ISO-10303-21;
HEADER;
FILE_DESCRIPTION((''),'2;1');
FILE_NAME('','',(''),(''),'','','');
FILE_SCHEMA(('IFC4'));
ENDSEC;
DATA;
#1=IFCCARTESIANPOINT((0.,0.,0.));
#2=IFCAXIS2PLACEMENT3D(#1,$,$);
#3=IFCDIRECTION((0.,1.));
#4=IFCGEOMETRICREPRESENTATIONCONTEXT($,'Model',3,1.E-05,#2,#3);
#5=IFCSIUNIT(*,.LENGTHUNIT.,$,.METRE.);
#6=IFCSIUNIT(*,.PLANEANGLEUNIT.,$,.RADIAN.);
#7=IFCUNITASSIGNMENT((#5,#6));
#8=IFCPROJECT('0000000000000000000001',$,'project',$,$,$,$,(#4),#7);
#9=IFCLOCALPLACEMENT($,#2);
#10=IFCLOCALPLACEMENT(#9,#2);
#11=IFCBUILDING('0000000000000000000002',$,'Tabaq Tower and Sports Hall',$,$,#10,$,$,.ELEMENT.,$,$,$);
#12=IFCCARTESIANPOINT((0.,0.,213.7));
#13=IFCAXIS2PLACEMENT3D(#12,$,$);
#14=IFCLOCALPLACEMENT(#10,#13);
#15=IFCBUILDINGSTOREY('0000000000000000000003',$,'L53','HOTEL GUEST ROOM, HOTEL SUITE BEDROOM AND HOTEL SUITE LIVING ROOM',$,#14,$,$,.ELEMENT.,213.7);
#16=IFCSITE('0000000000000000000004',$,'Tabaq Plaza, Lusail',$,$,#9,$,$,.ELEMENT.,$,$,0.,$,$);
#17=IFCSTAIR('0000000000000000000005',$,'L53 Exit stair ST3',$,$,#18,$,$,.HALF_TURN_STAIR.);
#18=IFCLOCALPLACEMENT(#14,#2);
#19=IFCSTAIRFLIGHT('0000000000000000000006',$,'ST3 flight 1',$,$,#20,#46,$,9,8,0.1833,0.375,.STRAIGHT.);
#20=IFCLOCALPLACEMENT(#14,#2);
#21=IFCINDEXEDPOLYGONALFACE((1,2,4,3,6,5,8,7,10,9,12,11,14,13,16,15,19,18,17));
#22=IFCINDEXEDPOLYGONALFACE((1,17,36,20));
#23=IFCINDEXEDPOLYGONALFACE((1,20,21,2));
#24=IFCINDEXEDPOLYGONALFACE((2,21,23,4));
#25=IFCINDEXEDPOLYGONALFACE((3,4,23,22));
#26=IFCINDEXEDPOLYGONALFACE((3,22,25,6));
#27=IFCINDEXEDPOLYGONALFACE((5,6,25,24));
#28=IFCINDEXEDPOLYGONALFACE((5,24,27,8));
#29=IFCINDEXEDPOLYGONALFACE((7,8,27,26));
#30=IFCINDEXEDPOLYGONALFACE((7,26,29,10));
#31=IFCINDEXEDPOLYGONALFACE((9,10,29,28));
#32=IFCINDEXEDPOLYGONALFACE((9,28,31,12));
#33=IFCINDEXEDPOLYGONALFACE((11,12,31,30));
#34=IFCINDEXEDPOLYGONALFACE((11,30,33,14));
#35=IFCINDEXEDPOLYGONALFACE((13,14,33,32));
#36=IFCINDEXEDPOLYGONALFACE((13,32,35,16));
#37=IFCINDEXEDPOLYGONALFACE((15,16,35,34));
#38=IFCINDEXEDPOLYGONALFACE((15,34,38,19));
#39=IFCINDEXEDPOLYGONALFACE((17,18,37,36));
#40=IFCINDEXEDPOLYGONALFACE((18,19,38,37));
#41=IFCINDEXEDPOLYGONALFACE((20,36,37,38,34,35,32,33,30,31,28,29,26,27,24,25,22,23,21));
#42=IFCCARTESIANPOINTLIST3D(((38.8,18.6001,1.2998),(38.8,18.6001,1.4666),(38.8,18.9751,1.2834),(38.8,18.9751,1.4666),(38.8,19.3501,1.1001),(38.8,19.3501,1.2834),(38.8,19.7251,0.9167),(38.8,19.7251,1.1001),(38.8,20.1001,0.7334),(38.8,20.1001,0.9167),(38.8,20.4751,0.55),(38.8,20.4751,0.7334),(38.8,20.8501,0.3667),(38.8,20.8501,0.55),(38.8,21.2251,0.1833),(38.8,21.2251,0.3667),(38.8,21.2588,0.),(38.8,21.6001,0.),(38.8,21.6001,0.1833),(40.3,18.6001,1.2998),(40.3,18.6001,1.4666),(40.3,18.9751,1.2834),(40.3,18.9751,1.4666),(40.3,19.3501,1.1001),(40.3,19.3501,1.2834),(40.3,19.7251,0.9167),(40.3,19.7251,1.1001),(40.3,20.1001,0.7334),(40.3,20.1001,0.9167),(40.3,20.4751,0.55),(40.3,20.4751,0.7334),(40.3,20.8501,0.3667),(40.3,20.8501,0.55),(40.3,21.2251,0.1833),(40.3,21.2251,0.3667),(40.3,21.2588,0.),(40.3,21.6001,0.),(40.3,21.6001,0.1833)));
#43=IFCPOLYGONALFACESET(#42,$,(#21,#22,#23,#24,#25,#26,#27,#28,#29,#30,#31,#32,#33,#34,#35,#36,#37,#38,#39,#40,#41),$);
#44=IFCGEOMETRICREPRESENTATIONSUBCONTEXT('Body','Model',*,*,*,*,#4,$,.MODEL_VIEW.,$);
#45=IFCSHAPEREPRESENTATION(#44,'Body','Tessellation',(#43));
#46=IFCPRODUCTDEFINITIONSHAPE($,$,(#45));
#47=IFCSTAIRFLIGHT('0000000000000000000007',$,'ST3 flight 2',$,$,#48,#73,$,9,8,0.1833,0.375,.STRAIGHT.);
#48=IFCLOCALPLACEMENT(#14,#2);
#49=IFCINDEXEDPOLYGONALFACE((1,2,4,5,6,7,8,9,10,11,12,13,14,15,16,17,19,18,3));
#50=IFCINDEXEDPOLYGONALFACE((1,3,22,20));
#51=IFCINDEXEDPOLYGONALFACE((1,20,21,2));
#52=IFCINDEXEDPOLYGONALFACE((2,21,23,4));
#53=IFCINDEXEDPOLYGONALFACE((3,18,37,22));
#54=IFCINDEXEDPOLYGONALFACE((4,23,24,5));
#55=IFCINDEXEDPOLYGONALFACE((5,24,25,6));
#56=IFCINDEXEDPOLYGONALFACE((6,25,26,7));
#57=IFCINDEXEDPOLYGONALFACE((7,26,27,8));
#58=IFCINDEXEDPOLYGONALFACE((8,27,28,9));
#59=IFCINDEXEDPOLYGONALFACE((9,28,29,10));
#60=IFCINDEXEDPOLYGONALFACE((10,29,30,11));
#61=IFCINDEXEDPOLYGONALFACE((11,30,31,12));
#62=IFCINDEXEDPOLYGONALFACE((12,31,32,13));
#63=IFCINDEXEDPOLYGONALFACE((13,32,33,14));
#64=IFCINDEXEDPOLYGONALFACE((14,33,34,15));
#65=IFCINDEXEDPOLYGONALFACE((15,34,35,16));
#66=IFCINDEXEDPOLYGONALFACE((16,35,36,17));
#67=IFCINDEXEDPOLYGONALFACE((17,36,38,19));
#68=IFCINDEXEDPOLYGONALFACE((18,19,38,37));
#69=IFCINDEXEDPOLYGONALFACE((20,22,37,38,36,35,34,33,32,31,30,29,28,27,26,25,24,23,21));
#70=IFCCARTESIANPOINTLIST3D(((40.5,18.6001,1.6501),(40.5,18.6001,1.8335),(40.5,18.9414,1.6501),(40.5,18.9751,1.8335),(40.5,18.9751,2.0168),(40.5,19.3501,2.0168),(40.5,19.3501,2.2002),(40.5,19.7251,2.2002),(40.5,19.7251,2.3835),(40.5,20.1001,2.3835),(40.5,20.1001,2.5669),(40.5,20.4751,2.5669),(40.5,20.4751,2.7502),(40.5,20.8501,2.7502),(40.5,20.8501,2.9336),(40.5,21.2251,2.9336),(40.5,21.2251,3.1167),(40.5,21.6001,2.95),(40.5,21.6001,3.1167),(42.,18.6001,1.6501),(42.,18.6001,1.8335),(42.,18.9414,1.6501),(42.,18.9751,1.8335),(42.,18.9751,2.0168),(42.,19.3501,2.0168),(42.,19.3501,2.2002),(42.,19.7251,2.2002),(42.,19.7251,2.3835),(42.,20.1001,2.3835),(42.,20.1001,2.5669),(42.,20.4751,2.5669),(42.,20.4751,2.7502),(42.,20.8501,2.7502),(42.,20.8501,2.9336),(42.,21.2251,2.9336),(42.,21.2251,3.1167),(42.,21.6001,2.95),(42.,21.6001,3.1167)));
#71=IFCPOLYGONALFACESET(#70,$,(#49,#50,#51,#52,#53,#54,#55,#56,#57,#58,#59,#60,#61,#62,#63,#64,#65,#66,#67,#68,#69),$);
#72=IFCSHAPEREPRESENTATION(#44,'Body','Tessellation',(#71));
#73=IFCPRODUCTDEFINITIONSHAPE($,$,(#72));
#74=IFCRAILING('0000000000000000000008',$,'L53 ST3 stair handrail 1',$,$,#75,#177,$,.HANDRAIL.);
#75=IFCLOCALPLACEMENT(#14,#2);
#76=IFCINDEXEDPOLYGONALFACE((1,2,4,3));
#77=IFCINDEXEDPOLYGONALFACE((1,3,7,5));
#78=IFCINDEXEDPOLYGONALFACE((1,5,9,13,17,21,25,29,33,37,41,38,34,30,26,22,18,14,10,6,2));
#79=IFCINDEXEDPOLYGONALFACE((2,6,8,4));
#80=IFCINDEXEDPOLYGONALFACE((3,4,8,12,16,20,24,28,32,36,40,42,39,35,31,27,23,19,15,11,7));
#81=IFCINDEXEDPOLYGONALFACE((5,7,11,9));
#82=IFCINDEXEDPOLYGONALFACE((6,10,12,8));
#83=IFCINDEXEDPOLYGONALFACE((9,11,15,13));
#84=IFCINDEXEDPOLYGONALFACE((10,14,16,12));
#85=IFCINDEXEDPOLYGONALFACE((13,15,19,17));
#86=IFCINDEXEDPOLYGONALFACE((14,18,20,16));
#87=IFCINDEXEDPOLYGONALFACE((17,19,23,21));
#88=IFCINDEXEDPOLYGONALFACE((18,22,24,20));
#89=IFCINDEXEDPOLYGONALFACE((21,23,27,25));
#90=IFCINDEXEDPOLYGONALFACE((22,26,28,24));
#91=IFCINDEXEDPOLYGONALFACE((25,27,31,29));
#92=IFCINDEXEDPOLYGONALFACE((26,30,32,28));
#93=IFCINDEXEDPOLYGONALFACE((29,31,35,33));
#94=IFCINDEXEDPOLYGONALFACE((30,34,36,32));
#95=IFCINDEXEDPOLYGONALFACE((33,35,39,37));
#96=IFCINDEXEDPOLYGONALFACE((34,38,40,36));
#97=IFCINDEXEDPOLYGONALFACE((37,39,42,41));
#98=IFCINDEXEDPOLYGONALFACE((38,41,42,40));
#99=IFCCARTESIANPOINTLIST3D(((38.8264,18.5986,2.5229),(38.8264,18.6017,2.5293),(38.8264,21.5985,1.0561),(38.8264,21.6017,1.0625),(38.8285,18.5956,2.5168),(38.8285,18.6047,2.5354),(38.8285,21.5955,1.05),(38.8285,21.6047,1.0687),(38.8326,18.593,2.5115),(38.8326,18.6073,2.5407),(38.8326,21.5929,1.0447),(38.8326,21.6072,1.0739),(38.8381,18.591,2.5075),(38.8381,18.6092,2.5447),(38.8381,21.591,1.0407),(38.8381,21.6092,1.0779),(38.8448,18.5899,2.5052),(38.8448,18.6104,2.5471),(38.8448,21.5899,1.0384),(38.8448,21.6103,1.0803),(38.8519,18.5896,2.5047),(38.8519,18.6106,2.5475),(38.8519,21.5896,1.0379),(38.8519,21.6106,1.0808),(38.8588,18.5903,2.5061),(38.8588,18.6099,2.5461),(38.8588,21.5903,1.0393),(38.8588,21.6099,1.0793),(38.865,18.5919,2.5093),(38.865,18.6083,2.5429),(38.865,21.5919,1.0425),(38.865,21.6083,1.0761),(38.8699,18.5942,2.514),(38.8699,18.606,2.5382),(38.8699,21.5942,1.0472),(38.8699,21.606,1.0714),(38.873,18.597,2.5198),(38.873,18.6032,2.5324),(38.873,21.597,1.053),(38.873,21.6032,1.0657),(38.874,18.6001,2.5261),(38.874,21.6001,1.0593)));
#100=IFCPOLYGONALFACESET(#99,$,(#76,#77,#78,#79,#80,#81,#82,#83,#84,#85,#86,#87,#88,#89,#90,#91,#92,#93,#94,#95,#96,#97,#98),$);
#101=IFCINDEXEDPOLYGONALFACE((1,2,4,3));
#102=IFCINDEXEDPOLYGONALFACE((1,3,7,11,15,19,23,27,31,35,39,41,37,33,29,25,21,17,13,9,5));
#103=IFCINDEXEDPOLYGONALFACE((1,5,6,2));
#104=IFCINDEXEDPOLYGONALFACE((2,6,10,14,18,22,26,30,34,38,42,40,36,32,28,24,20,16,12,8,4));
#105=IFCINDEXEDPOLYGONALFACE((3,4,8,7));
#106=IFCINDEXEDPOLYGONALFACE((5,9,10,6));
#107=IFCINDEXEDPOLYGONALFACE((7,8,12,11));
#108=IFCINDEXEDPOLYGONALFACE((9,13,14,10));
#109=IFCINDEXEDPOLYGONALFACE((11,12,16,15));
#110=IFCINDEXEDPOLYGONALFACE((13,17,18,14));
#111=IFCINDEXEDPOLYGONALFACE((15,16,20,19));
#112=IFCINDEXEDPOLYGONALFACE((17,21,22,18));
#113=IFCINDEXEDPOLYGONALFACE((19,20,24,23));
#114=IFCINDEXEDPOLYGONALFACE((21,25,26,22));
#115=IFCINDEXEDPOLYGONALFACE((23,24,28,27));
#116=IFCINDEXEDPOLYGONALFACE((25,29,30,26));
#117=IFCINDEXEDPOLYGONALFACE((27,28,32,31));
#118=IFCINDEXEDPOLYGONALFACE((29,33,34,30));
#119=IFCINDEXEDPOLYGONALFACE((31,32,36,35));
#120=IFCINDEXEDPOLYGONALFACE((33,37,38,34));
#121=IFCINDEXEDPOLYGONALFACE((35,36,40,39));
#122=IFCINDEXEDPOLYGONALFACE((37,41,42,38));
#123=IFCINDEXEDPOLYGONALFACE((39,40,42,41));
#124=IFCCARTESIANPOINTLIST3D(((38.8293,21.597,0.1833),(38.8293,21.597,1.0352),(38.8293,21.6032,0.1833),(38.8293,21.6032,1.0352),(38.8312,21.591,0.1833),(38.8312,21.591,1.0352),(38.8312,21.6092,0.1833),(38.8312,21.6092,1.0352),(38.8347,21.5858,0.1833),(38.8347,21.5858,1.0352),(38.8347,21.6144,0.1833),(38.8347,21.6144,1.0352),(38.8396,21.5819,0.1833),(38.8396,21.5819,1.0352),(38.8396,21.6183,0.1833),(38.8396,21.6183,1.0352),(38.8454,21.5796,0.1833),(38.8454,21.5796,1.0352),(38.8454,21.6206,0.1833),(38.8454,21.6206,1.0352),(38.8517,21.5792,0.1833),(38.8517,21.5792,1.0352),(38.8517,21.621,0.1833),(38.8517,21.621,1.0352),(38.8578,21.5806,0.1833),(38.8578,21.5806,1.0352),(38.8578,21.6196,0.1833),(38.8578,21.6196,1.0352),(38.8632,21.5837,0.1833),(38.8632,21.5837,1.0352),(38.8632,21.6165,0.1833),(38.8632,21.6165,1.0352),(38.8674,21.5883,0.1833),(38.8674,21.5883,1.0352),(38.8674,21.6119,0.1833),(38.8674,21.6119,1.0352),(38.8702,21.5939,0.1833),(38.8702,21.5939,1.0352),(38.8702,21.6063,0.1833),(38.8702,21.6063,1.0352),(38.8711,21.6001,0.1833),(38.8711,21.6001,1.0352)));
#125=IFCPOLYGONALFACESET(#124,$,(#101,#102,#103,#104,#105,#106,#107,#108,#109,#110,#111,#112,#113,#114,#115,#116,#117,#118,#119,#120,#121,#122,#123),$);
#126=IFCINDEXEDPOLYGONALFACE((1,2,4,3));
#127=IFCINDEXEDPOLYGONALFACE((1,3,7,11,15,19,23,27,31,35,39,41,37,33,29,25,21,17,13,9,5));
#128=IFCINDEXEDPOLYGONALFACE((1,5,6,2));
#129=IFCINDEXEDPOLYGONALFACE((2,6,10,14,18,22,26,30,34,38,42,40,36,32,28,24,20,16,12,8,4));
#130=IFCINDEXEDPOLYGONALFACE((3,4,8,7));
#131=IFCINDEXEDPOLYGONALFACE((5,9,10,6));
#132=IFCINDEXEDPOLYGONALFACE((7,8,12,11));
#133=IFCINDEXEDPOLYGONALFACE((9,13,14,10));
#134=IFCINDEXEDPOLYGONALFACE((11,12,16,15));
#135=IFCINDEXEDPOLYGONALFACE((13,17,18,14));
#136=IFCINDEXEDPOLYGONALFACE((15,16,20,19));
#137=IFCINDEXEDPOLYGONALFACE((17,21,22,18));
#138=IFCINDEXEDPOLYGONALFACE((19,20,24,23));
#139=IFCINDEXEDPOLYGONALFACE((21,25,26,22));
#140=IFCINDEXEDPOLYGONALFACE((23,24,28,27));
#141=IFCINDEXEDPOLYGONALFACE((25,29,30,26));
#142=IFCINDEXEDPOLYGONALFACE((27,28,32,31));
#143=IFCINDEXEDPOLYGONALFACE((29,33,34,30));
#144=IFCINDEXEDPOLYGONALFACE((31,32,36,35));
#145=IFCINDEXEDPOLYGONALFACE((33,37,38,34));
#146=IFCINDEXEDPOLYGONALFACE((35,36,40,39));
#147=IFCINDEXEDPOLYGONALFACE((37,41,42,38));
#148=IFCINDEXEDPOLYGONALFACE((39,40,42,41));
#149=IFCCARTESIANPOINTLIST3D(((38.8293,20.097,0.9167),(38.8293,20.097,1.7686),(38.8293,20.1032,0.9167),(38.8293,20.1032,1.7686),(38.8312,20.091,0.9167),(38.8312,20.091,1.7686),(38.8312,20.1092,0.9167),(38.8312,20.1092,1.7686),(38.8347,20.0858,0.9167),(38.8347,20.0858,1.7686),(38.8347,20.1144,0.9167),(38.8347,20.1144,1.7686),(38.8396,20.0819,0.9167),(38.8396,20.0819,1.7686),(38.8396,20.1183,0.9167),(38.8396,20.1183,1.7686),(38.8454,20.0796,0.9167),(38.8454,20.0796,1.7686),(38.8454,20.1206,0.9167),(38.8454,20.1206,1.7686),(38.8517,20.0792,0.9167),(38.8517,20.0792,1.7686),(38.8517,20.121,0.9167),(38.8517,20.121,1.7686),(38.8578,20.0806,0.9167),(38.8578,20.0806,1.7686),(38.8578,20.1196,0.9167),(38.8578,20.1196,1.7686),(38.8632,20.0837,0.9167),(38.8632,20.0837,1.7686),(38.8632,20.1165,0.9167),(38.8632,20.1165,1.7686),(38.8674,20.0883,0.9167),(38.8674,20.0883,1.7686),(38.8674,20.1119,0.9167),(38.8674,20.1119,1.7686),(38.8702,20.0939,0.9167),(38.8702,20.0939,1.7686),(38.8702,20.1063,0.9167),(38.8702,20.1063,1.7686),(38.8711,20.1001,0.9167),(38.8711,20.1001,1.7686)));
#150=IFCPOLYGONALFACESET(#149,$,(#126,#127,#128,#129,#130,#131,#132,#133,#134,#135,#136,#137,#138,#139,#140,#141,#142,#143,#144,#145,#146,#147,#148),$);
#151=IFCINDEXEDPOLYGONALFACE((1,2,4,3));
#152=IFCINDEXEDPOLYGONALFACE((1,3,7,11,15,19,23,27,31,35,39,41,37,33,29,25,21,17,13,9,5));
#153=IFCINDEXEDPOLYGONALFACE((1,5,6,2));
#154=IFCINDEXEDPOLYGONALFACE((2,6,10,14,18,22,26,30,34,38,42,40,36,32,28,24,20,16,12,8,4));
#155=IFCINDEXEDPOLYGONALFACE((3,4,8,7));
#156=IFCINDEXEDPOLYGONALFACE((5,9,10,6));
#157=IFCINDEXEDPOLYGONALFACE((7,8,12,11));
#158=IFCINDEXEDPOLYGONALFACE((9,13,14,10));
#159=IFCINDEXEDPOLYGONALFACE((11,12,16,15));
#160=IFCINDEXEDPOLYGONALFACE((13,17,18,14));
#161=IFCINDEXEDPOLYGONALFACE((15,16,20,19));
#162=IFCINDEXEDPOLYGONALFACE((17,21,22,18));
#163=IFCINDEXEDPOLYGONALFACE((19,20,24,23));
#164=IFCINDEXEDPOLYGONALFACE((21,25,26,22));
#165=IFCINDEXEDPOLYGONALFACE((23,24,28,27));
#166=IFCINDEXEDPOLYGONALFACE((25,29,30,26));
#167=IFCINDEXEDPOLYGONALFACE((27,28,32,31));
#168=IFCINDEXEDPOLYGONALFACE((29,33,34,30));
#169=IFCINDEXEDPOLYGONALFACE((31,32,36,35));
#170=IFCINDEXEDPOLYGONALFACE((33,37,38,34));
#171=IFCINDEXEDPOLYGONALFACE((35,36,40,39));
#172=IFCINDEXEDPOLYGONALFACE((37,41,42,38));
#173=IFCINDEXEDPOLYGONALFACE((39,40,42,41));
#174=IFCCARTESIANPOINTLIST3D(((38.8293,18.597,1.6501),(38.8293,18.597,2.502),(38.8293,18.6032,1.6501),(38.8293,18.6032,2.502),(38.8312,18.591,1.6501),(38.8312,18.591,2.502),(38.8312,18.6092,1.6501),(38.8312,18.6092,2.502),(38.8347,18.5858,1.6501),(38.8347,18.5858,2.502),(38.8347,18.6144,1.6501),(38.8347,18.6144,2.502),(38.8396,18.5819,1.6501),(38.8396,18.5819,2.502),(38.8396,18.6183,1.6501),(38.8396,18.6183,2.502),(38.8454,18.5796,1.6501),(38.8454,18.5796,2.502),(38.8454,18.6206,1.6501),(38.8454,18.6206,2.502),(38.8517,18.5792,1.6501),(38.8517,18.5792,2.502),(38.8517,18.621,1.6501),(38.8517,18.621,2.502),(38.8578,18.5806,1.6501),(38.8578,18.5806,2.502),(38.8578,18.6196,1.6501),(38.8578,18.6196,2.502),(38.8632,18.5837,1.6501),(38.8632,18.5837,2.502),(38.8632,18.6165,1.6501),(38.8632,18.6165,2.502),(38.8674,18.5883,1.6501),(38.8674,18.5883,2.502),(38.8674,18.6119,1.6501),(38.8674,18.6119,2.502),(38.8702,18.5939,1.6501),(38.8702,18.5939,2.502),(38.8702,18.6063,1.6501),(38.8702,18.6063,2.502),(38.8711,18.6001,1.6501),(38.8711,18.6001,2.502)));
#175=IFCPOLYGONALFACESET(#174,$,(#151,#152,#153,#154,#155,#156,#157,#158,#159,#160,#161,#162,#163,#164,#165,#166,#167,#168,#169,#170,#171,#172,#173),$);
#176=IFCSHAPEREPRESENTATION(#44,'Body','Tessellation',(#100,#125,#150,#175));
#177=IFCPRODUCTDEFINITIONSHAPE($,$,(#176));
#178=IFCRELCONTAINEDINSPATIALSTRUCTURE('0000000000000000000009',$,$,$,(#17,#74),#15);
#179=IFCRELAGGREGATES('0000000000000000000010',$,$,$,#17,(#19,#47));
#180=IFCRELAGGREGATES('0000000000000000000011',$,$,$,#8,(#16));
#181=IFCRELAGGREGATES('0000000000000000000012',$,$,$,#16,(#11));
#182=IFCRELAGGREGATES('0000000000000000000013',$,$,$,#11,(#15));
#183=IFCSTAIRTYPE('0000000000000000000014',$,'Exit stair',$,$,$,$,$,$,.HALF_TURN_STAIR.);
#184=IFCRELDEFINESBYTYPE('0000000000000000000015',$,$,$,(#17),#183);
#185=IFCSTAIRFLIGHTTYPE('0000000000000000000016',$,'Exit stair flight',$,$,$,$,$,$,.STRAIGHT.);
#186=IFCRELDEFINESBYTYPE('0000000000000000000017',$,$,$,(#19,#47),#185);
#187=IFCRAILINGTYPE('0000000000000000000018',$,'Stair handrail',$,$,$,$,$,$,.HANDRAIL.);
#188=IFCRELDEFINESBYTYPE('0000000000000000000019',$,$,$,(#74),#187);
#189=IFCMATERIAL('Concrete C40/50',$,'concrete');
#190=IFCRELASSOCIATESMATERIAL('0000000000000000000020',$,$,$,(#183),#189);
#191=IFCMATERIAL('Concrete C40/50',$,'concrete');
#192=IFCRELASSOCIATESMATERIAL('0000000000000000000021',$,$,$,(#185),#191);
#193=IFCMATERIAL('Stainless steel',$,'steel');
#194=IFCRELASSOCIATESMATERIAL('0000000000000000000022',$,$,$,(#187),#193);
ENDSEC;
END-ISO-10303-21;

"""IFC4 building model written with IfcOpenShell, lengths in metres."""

from ifc_helpers import new_model, si_unit, direction, frame, origin, origin_2d, place, context, subcontext, project, spatial, polyline, circle, outline, extrude, material, type_object, element, aggregate, save


model = new_model("IFC4")

# Units and contexts
model_context = context("Model", 3, precision=1e-05, world=origin(), true_north=direction((0.0, 1.0)))
body_context = subcontext(model_context, "Body", "Model", "MODEL_VIEW")
ifc_project = project(units=[si_unit("LENGTHUNIT", "METRE"), si_unit("PLANEANGLEUNIT", "RADIAN")], contexts=[model_context])

# Site, building, storey
site_placement = place(None, origin())
site = spatial("IfcSite", under=ifc_project, at=site_placement, Name="Tabaq Plaza, Lusail", CompositionType="ELEMENT", RefElevation=0.0)
building_placement = place(site_placement, origin())
building = spatial("IfcBuilding", under=site, at=building_placement, Name="Tabaq Tower and Sports Hall", CompositionType="ELEMENT")
storey_placement = place(building_placement, frame((0.0, 0.0, 213.7)))
storey = spatial("IfcBuildingStorey", under=building, at=storey_placement, Name="L53", Description="HOTEL GUEST ROOM, HOTEL SUITE BEDROOM AND HOTEL SUITE LIVING ROOM", CompositionType="ELEMENT", Elevation=213.7)

# Stair, stair flights
ifc_material_1 = material(Name="Concrete C40/50", Category="concrete")
stair_type = type_object("IfcStairType", Name="Exit stair", PredefinedType="HALF_TURN_STAIR", material=ifc_material_1)
stair_placement = place(storey_placement, origin())
stair = element("IfcStair", 1, at=stair_placement, inside=storey, type_object=stair_type, Name="L53 Exit stair ST3", PredefinedType="HALF_TURN_STAIR")
ifc_material_2 = material(Name="Concrete C40/50", Category="concrete")
stair_flight_type = type_object("IfcStairFlightType", Name="Exit stair flight", PredefinedType="STRAIGHT", material=ifc_material_2)
stair_flight_1_placement = place(storey_placement, frame((39.55, 21.6001, 0.0), z_axis=(0.0, 0.0, 1.0), x_axis=(0.0, -1.0, 0.0)))
stair_flight_1 = element("IfcStairFlight", 2, at=stair_flight_1_placement, type_object=stair_flight_type, Name="ST3 flight 1", NumberOfRisers=9, NumberOfTreads=8, PredefinedType="STRAIGHT", RiserHeight=0.1833, TreadLength=0.375, context=body_context, shape_type="SweptSolid", body=[
    extrude(outline(polyline([(0.0, 0.0), (0.0, 0.1833), (0.375, 0.1833), (0.375, 0.3667), (0.75, 0.3667), (0.75, 0.55), (1.125, 0.55), (1.125, 0.7334), (1.5, 0.7334), (1.5, 0.9167), (1.875, 0.9167), (1.875, 1.1001), (2.25, 1.1001), (2.25, 1.2834), (2.625, 1.2834), (2.625, 1.4666), (3.0, 1.4666), (3.0, 1.6499), (3.0, 1.2998), (0.3413, 0.0), (0.0, 0.0)])), frame((0.0, 0.75, 0.0), z_axis=(0.0, -1.0, 0.0), x_axis=(1.0, 0.0, 0.0)), (0.0, 0.0, 1.0), 1.5),
])
stair_flight_2_placement = place(storey_placement, frame((41.25, 18.6001, 1.6501), z_axis=(0.0, 0.0, 1.0), x_axis=(0.0, 1.0, 0.0)))
stair_flight_2 = element("IfcStairFlight", 3, at=stair_flight_2_placement, type_object=stair_flight_type, Name="ST3 flight 2", NumberOfRisers=9, NumberOfTreads=8, PredefinedType="STRAIGHT", RiserHeight=0.1833, TreadLength=0.375, context=body_context, shape_type="SweptSolid", body=[
    extrude(outline(polyline([(0.0, 0.0), (0.0, 0.1833), (0.375, 0.1833), (0.375, 0.3667), (0.75, 0.3667), (0.75, 0.55), (1.125, 0.55), (1.125, 0.7334), (1.5, 0.7334), (1.5, 0.9167), (1.875, 0.9167), (1.875, 1.1001), (2.25, 1.1001), (2.25, 1.2834), (2.625, 1.2834), (2.625, 1.4666), (3.0, 1.4666), (3.0, 1.6499), (3.0, 1.2998), (0.3413, 0.0), (0.0, 0.0)])), frame((0.0, 0.75, 0.0), z_axis=(0.0, -1.0, 0.0), x_axis=(1.0, 0.0, 0.0)), (0.0, 0.0, 1.0), 1.5),
])
aggregate(stair, [stair_flight_1, stair_flight_2])

# Railing
ifc_material_3 = material(Name="Stainless steel", Category="steel")
railing_type_1 = type_object("IfcRailingType", Name="Stair handrail", PredefinedType="HANDRAIL", material=ifc_material_3)
railing_1_placement = place(storey_placement, frame((38.8501, 21.6001, 0.1833)))
element("IfcRailing", 4, at=railing_1_placement, inside=storey, type_object=railing_type_1, Name="L53 ST3 stair handrail 1", PredefinedType="HANDRAIL", context=body_context, shape_type="SweptSolid", body=[
    extrude(circle(Radius=0.0239, at=origin_2d()), frame((0.0, 0.0, 0.876), z_axis=(0.0, -0.898369, 0.439242), x_axis=(1.0, 0.0, 0.0)), (0.0, 0.0, 1.0), 3.3394),
    extrude(circle(Radius=0.021, at=origin_2d()), origin(), (0.0, 0.0, 1.0), 0.8518),
    extrude(circle(Radius=0.021, at=origin_2d()), frame((0.0, -1.5, 0.7334)), (0.0, 0.0, 1.0), 0.8518),
    extrude(circle(Radius=0.021, at=origin_2d()), frame((0.0, -3.0, 1.4668)), (0.0, 0.0, 1.0), 0.8518),
])

save(model, "model.ifc")
